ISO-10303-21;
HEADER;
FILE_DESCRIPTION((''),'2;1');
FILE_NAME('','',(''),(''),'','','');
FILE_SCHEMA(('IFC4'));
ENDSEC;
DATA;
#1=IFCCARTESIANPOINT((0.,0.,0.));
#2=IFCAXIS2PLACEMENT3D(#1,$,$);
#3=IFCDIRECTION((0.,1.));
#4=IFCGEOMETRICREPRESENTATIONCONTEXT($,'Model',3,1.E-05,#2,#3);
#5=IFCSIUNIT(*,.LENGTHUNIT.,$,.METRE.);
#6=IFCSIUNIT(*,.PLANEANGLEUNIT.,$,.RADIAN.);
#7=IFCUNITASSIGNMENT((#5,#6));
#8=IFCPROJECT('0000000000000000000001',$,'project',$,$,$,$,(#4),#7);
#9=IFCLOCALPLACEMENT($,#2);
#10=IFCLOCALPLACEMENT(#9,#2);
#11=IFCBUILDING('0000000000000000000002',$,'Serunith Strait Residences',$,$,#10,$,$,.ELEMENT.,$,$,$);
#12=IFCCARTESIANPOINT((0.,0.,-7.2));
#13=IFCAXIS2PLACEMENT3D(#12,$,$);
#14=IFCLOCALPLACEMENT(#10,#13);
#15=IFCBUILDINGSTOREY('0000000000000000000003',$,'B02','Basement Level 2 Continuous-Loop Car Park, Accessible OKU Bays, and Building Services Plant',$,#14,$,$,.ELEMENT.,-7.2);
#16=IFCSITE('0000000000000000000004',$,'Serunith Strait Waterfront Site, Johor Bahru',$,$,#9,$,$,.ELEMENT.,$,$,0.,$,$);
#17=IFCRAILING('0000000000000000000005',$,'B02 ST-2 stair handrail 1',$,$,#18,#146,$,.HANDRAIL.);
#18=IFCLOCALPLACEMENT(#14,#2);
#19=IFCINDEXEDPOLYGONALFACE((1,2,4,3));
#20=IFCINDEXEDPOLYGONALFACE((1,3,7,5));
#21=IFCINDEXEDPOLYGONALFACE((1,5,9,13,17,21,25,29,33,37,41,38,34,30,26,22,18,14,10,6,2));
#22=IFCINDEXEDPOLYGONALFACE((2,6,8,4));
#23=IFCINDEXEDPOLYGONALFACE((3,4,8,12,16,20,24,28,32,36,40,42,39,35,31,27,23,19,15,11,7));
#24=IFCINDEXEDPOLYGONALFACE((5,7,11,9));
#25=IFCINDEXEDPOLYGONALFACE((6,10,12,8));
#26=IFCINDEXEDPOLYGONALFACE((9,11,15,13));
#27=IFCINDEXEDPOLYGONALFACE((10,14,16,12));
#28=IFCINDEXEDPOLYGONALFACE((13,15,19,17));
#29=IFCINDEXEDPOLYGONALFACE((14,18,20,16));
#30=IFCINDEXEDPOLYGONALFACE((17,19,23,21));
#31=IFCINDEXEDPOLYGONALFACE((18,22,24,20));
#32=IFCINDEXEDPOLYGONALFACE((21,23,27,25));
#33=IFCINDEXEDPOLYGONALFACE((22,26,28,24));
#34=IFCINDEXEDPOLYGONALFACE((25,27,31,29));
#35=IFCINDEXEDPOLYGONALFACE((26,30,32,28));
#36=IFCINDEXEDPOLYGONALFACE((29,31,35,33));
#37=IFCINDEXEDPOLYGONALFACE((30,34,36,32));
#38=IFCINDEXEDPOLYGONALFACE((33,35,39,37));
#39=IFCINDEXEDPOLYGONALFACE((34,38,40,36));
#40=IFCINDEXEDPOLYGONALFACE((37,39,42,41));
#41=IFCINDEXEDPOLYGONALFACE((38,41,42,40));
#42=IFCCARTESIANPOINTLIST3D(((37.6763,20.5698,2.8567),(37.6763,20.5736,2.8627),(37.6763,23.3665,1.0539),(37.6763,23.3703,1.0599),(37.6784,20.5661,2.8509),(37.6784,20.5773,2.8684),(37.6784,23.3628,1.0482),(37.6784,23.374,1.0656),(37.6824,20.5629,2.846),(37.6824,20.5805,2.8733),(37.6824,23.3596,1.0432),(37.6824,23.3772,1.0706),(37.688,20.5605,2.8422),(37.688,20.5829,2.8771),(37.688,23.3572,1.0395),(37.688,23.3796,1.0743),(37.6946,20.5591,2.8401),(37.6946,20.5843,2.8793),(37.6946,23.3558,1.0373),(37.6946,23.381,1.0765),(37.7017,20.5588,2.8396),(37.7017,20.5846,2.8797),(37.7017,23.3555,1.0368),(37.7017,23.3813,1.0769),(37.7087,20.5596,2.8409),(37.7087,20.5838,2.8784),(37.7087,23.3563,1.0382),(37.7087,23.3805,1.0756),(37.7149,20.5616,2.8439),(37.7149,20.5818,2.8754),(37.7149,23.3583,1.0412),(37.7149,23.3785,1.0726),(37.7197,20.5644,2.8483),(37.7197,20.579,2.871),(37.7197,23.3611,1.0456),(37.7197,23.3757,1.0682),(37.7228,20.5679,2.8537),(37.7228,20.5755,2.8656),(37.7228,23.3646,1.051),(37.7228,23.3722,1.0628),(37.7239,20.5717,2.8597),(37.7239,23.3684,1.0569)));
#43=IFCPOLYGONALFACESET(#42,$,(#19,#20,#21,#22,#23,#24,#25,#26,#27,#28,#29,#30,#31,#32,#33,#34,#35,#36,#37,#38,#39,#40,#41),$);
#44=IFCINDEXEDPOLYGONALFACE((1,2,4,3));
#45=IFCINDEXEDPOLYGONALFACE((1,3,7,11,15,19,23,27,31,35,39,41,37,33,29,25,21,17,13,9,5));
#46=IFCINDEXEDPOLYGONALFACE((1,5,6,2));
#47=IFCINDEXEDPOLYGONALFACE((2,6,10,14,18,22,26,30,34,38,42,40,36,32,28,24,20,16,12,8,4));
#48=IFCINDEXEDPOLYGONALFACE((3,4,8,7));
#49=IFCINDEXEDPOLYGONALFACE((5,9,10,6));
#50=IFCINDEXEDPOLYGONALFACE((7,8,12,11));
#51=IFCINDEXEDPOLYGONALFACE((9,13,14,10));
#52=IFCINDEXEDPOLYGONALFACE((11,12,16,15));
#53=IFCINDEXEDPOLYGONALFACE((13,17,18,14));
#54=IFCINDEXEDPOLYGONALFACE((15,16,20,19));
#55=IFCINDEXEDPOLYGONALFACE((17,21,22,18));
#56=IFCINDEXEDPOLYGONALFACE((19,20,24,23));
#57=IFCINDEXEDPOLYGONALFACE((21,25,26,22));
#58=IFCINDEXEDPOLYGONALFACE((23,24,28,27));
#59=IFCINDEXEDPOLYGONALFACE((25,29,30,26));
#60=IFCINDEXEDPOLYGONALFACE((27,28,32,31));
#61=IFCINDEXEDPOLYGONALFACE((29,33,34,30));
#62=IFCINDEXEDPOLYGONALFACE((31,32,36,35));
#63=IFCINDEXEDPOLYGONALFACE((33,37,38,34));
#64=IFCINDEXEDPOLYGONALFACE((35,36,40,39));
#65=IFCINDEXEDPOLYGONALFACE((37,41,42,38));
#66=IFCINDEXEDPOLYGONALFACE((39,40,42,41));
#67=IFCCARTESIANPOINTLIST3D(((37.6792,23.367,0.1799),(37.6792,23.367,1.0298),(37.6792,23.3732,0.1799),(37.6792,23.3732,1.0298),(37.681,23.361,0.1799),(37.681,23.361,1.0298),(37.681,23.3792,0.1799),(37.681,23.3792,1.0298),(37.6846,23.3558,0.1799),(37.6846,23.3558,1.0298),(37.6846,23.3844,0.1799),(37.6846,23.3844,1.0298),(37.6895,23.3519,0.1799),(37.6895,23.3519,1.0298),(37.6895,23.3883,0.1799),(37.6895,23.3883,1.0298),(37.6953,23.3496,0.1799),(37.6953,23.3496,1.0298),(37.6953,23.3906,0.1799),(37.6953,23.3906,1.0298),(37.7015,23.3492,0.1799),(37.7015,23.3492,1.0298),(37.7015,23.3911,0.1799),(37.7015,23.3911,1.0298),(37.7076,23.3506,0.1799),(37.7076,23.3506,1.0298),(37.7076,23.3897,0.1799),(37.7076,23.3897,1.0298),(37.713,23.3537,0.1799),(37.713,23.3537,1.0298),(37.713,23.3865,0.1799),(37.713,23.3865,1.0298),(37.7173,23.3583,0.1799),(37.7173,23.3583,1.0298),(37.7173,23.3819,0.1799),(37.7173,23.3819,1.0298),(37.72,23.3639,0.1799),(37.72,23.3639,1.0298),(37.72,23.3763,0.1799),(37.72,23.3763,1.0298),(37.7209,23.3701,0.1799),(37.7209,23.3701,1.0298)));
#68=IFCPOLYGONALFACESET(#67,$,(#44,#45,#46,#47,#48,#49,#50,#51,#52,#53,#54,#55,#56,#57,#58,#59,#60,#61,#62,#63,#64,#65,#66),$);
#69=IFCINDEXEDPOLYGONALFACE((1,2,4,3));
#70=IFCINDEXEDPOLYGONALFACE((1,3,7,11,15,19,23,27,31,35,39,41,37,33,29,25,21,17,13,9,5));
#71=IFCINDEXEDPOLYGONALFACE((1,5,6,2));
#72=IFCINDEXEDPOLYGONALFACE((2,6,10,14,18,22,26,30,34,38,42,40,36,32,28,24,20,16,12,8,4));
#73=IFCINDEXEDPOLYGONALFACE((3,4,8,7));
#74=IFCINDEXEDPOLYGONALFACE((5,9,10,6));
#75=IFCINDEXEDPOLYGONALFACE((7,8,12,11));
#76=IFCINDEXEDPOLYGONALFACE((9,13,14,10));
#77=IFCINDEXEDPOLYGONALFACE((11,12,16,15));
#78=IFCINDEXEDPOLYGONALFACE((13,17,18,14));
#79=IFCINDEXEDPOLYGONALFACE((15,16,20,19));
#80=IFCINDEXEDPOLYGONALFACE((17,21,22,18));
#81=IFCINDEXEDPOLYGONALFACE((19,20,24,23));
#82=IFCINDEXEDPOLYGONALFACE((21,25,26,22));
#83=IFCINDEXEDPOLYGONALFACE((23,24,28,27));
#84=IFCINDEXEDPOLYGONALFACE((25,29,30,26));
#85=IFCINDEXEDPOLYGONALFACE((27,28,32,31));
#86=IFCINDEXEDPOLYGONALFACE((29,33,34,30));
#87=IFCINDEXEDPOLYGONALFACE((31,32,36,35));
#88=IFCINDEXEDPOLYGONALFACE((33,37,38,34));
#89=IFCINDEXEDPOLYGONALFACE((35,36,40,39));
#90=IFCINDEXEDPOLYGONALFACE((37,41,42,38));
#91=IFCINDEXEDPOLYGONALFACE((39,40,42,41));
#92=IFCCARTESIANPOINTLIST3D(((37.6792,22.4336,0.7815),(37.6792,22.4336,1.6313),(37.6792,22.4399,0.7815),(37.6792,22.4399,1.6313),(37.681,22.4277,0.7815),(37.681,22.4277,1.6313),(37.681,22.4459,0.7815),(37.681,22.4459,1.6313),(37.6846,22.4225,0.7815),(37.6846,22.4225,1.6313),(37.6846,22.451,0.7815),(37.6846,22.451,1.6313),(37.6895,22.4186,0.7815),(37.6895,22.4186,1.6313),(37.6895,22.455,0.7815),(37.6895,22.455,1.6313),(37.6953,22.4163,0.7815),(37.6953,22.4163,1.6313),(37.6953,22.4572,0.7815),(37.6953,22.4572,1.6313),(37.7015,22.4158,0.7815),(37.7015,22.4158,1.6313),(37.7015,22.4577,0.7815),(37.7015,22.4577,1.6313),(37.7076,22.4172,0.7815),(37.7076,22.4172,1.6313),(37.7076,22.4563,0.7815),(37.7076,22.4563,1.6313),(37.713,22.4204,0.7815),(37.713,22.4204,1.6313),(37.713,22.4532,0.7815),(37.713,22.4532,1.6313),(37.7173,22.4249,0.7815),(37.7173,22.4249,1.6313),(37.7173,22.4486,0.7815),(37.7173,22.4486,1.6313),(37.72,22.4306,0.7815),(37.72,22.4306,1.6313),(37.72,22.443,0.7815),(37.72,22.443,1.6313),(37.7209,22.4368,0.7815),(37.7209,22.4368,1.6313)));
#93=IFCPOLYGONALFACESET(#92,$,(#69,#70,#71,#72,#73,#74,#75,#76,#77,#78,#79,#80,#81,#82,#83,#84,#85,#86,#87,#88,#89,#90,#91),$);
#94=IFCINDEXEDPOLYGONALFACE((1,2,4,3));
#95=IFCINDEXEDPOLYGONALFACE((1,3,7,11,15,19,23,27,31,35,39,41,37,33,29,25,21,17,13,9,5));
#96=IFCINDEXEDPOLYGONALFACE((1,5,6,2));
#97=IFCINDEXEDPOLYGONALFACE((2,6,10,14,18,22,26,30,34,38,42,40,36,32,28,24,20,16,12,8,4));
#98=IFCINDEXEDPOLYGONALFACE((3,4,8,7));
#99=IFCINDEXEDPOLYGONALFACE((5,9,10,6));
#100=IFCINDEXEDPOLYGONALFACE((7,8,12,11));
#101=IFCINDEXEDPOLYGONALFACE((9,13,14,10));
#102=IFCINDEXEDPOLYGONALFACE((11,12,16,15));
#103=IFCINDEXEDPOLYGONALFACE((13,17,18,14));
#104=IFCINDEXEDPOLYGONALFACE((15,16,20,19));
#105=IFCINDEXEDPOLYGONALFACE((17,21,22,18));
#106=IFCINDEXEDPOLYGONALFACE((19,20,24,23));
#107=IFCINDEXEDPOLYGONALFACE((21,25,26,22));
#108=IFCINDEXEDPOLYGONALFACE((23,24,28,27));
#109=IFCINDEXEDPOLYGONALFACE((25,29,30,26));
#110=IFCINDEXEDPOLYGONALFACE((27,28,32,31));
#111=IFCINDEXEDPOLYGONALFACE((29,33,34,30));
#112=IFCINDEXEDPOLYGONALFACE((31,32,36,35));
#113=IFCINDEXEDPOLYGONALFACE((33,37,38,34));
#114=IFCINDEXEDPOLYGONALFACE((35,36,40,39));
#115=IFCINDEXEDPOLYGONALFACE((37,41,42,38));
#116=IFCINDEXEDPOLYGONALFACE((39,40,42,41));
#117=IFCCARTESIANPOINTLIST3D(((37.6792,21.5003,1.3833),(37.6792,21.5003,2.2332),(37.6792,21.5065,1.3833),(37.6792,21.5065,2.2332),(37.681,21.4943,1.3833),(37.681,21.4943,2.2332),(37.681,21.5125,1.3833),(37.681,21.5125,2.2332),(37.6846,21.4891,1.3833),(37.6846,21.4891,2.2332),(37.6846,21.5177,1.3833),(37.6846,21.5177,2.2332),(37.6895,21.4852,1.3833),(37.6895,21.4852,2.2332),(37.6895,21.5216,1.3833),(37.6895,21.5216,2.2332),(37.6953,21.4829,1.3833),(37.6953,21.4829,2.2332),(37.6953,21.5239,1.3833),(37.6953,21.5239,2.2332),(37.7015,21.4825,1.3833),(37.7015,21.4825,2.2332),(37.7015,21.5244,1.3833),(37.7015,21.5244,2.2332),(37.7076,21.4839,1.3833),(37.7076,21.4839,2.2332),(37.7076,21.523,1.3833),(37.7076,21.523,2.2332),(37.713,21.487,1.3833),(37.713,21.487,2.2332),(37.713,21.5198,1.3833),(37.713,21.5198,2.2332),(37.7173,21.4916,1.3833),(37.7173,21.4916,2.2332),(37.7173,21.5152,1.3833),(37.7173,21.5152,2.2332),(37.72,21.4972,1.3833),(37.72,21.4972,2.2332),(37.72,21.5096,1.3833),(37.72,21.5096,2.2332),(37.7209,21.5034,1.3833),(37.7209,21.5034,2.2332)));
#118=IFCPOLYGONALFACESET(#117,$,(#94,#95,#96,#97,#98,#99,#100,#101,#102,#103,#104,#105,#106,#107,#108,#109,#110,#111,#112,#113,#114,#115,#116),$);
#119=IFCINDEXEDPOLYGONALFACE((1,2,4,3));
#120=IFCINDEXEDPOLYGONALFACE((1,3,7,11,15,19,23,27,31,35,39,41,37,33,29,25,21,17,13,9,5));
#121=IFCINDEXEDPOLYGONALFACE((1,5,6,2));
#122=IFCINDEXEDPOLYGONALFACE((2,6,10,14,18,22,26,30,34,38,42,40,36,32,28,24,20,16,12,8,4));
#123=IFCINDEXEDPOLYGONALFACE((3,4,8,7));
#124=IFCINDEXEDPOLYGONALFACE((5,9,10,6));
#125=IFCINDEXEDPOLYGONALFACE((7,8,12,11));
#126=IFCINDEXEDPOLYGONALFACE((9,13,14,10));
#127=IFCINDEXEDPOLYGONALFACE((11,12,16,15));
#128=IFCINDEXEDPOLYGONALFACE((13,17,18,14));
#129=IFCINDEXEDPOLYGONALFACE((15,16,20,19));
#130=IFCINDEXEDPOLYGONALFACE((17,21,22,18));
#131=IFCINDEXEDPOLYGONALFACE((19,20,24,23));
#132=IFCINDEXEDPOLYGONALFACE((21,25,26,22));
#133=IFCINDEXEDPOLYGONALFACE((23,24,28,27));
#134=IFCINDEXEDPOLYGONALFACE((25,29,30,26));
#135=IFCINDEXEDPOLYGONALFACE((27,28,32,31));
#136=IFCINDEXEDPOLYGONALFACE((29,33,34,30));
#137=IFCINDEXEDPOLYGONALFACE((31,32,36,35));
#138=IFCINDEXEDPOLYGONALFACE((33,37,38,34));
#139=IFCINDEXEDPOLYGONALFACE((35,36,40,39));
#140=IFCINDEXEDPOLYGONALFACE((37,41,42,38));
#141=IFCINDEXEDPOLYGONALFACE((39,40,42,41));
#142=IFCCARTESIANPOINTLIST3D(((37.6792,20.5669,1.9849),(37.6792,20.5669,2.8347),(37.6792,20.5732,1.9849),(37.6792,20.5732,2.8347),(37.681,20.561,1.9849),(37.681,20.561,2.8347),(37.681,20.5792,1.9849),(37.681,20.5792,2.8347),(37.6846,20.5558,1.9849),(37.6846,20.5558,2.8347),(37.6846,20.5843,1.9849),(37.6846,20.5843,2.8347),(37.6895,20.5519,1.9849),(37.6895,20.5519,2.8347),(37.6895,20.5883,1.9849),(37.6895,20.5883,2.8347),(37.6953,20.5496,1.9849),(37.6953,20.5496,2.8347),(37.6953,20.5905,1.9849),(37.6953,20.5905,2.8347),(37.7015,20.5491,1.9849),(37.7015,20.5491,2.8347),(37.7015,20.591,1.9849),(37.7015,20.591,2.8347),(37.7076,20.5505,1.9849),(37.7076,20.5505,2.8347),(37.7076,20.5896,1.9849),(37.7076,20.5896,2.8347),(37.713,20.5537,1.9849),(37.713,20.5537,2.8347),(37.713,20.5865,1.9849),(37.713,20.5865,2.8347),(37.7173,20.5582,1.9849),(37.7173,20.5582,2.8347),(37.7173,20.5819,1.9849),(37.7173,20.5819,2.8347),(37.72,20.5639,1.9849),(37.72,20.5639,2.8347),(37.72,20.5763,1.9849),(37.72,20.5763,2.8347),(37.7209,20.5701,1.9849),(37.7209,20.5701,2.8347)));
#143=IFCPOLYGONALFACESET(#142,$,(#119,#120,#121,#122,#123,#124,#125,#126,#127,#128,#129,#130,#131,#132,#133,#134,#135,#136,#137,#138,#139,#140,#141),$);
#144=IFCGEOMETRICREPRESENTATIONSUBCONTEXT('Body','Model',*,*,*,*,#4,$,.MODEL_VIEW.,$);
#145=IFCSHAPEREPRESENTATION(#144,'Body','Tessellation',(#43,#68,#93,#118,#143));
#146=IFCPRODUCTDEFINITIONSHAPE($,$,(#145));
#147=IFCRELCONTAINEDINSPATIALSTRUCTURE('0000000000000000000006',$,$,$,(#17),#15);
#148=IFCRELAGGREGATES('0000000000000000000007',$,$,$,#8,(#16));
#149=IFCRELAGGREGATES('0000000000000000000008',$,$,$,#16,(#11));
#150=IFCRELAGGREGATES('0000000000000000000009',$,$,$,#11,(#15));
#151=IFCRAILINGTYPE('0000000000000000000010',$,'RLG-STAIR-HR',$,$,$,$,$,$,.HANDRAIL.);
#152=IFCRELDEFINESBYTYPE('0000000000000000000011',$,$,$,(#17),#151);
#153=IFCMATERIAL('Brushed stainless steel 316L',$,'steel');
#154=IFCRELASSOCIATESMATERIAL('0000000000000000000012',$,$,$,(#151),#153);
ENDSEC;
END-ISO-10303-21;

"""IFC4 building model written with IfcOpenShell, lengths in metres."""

from ifc_helpers import new_model, si_unit, direction, frame, origin, origin_2d, place, context, subcontext, project, spatial, circle, extrude, material, type_object, element, save


model = new_model("IFC4")

# Units and contexts
model_context = context("Model", 3, precision=1e-05, world=origin(), true_north=direction((0.0, 1.0)))
body_context = subcontext(model_context, "Body", "Model", "MODEL_VIEW")
ifc_project = project(units=[si_unit("LENGTHUNIT", "METRE"), si_unit("PLANEANGLEUNIT", "RADIAN")], contexts=[model_context])

# Site, building, storey
site_placement = place(None, origin())
site = spatial("IfcSite", under=ifc_project, at=site_placement, Name="Serunith Strait Waterfront Site, Johor Bahru", CompositionType="ELEMENT", RefElevation=0.0)
building_placement = place(site_placement, origin())
building = spatial("IfcBuilding", under=site, at=building_placement, Name="Serunith Strait Residences", CompositionType="ELEMENT")
storey_placement = place(building_placement, frame((0.0, 0.0, -7.2)))
storey = spatial("IfcBuildingStorey", under=building, at=storey_placement, Name="B02", Description="Basement Level 2 Continuous-Loop Car Park, Accessible OKU Bays, and Building Services Plant", CompositionType="ELEMENT", Elevation=-7.2)

# Railing
ifc_material_1 = material(Name="Brushed stainless steel 316L", Category="steel")
railing_type_1 = type_object("IfcRailingType", Name="RLG-STAIR-HR", PredefinedType="HANDRAIL", material=ifc_material_1)
railing_1_placement = place(storey_placement, frame((37.7, 23.3701, 0.1799)))
element("IfcRailing", 1, at=railing_1_placement, inside=storey, type_object=railing_type_1, Name="B02 ST-2 stair handrail 1", PredefinedType="HANDRAIL", context=body_context, shape_type="SweptSolid", body=[
    extrude(circle(Radius=0.0239, at=origin_2d()), frame((0.0, -0.0017, 0.877), z_axis=(0.0, -0.840509, 0.541798), x_axis=(1.0, 0.0, 0.0)), (0.0, 0.0, 1.0), 3.3274),
    extrude(circle(Radius=0.021, at=origin_2d()), origin(), (0.0, 0.0, 1.0), 0.8499),
    extrude(circle(Radius=0.021, at=origin_2d()), frame((0.0, -0.9333, 0.6016)), (0.0, 0.0, 1.0), 0.8499),
    extrude(circle(Radius=0.021, at=origin_2d()), frame((0.0, -1.8667, 1.2034)), (0.0, 0.0, 1.0), 0.8499),
    extrude(circle(Radius=0.021, at=origin_2d()), frame((0.0, -2.8, 1.8049)), (0.0, 0.0, 1.0), 0.8499),
])

save(model, "model.ifc")
